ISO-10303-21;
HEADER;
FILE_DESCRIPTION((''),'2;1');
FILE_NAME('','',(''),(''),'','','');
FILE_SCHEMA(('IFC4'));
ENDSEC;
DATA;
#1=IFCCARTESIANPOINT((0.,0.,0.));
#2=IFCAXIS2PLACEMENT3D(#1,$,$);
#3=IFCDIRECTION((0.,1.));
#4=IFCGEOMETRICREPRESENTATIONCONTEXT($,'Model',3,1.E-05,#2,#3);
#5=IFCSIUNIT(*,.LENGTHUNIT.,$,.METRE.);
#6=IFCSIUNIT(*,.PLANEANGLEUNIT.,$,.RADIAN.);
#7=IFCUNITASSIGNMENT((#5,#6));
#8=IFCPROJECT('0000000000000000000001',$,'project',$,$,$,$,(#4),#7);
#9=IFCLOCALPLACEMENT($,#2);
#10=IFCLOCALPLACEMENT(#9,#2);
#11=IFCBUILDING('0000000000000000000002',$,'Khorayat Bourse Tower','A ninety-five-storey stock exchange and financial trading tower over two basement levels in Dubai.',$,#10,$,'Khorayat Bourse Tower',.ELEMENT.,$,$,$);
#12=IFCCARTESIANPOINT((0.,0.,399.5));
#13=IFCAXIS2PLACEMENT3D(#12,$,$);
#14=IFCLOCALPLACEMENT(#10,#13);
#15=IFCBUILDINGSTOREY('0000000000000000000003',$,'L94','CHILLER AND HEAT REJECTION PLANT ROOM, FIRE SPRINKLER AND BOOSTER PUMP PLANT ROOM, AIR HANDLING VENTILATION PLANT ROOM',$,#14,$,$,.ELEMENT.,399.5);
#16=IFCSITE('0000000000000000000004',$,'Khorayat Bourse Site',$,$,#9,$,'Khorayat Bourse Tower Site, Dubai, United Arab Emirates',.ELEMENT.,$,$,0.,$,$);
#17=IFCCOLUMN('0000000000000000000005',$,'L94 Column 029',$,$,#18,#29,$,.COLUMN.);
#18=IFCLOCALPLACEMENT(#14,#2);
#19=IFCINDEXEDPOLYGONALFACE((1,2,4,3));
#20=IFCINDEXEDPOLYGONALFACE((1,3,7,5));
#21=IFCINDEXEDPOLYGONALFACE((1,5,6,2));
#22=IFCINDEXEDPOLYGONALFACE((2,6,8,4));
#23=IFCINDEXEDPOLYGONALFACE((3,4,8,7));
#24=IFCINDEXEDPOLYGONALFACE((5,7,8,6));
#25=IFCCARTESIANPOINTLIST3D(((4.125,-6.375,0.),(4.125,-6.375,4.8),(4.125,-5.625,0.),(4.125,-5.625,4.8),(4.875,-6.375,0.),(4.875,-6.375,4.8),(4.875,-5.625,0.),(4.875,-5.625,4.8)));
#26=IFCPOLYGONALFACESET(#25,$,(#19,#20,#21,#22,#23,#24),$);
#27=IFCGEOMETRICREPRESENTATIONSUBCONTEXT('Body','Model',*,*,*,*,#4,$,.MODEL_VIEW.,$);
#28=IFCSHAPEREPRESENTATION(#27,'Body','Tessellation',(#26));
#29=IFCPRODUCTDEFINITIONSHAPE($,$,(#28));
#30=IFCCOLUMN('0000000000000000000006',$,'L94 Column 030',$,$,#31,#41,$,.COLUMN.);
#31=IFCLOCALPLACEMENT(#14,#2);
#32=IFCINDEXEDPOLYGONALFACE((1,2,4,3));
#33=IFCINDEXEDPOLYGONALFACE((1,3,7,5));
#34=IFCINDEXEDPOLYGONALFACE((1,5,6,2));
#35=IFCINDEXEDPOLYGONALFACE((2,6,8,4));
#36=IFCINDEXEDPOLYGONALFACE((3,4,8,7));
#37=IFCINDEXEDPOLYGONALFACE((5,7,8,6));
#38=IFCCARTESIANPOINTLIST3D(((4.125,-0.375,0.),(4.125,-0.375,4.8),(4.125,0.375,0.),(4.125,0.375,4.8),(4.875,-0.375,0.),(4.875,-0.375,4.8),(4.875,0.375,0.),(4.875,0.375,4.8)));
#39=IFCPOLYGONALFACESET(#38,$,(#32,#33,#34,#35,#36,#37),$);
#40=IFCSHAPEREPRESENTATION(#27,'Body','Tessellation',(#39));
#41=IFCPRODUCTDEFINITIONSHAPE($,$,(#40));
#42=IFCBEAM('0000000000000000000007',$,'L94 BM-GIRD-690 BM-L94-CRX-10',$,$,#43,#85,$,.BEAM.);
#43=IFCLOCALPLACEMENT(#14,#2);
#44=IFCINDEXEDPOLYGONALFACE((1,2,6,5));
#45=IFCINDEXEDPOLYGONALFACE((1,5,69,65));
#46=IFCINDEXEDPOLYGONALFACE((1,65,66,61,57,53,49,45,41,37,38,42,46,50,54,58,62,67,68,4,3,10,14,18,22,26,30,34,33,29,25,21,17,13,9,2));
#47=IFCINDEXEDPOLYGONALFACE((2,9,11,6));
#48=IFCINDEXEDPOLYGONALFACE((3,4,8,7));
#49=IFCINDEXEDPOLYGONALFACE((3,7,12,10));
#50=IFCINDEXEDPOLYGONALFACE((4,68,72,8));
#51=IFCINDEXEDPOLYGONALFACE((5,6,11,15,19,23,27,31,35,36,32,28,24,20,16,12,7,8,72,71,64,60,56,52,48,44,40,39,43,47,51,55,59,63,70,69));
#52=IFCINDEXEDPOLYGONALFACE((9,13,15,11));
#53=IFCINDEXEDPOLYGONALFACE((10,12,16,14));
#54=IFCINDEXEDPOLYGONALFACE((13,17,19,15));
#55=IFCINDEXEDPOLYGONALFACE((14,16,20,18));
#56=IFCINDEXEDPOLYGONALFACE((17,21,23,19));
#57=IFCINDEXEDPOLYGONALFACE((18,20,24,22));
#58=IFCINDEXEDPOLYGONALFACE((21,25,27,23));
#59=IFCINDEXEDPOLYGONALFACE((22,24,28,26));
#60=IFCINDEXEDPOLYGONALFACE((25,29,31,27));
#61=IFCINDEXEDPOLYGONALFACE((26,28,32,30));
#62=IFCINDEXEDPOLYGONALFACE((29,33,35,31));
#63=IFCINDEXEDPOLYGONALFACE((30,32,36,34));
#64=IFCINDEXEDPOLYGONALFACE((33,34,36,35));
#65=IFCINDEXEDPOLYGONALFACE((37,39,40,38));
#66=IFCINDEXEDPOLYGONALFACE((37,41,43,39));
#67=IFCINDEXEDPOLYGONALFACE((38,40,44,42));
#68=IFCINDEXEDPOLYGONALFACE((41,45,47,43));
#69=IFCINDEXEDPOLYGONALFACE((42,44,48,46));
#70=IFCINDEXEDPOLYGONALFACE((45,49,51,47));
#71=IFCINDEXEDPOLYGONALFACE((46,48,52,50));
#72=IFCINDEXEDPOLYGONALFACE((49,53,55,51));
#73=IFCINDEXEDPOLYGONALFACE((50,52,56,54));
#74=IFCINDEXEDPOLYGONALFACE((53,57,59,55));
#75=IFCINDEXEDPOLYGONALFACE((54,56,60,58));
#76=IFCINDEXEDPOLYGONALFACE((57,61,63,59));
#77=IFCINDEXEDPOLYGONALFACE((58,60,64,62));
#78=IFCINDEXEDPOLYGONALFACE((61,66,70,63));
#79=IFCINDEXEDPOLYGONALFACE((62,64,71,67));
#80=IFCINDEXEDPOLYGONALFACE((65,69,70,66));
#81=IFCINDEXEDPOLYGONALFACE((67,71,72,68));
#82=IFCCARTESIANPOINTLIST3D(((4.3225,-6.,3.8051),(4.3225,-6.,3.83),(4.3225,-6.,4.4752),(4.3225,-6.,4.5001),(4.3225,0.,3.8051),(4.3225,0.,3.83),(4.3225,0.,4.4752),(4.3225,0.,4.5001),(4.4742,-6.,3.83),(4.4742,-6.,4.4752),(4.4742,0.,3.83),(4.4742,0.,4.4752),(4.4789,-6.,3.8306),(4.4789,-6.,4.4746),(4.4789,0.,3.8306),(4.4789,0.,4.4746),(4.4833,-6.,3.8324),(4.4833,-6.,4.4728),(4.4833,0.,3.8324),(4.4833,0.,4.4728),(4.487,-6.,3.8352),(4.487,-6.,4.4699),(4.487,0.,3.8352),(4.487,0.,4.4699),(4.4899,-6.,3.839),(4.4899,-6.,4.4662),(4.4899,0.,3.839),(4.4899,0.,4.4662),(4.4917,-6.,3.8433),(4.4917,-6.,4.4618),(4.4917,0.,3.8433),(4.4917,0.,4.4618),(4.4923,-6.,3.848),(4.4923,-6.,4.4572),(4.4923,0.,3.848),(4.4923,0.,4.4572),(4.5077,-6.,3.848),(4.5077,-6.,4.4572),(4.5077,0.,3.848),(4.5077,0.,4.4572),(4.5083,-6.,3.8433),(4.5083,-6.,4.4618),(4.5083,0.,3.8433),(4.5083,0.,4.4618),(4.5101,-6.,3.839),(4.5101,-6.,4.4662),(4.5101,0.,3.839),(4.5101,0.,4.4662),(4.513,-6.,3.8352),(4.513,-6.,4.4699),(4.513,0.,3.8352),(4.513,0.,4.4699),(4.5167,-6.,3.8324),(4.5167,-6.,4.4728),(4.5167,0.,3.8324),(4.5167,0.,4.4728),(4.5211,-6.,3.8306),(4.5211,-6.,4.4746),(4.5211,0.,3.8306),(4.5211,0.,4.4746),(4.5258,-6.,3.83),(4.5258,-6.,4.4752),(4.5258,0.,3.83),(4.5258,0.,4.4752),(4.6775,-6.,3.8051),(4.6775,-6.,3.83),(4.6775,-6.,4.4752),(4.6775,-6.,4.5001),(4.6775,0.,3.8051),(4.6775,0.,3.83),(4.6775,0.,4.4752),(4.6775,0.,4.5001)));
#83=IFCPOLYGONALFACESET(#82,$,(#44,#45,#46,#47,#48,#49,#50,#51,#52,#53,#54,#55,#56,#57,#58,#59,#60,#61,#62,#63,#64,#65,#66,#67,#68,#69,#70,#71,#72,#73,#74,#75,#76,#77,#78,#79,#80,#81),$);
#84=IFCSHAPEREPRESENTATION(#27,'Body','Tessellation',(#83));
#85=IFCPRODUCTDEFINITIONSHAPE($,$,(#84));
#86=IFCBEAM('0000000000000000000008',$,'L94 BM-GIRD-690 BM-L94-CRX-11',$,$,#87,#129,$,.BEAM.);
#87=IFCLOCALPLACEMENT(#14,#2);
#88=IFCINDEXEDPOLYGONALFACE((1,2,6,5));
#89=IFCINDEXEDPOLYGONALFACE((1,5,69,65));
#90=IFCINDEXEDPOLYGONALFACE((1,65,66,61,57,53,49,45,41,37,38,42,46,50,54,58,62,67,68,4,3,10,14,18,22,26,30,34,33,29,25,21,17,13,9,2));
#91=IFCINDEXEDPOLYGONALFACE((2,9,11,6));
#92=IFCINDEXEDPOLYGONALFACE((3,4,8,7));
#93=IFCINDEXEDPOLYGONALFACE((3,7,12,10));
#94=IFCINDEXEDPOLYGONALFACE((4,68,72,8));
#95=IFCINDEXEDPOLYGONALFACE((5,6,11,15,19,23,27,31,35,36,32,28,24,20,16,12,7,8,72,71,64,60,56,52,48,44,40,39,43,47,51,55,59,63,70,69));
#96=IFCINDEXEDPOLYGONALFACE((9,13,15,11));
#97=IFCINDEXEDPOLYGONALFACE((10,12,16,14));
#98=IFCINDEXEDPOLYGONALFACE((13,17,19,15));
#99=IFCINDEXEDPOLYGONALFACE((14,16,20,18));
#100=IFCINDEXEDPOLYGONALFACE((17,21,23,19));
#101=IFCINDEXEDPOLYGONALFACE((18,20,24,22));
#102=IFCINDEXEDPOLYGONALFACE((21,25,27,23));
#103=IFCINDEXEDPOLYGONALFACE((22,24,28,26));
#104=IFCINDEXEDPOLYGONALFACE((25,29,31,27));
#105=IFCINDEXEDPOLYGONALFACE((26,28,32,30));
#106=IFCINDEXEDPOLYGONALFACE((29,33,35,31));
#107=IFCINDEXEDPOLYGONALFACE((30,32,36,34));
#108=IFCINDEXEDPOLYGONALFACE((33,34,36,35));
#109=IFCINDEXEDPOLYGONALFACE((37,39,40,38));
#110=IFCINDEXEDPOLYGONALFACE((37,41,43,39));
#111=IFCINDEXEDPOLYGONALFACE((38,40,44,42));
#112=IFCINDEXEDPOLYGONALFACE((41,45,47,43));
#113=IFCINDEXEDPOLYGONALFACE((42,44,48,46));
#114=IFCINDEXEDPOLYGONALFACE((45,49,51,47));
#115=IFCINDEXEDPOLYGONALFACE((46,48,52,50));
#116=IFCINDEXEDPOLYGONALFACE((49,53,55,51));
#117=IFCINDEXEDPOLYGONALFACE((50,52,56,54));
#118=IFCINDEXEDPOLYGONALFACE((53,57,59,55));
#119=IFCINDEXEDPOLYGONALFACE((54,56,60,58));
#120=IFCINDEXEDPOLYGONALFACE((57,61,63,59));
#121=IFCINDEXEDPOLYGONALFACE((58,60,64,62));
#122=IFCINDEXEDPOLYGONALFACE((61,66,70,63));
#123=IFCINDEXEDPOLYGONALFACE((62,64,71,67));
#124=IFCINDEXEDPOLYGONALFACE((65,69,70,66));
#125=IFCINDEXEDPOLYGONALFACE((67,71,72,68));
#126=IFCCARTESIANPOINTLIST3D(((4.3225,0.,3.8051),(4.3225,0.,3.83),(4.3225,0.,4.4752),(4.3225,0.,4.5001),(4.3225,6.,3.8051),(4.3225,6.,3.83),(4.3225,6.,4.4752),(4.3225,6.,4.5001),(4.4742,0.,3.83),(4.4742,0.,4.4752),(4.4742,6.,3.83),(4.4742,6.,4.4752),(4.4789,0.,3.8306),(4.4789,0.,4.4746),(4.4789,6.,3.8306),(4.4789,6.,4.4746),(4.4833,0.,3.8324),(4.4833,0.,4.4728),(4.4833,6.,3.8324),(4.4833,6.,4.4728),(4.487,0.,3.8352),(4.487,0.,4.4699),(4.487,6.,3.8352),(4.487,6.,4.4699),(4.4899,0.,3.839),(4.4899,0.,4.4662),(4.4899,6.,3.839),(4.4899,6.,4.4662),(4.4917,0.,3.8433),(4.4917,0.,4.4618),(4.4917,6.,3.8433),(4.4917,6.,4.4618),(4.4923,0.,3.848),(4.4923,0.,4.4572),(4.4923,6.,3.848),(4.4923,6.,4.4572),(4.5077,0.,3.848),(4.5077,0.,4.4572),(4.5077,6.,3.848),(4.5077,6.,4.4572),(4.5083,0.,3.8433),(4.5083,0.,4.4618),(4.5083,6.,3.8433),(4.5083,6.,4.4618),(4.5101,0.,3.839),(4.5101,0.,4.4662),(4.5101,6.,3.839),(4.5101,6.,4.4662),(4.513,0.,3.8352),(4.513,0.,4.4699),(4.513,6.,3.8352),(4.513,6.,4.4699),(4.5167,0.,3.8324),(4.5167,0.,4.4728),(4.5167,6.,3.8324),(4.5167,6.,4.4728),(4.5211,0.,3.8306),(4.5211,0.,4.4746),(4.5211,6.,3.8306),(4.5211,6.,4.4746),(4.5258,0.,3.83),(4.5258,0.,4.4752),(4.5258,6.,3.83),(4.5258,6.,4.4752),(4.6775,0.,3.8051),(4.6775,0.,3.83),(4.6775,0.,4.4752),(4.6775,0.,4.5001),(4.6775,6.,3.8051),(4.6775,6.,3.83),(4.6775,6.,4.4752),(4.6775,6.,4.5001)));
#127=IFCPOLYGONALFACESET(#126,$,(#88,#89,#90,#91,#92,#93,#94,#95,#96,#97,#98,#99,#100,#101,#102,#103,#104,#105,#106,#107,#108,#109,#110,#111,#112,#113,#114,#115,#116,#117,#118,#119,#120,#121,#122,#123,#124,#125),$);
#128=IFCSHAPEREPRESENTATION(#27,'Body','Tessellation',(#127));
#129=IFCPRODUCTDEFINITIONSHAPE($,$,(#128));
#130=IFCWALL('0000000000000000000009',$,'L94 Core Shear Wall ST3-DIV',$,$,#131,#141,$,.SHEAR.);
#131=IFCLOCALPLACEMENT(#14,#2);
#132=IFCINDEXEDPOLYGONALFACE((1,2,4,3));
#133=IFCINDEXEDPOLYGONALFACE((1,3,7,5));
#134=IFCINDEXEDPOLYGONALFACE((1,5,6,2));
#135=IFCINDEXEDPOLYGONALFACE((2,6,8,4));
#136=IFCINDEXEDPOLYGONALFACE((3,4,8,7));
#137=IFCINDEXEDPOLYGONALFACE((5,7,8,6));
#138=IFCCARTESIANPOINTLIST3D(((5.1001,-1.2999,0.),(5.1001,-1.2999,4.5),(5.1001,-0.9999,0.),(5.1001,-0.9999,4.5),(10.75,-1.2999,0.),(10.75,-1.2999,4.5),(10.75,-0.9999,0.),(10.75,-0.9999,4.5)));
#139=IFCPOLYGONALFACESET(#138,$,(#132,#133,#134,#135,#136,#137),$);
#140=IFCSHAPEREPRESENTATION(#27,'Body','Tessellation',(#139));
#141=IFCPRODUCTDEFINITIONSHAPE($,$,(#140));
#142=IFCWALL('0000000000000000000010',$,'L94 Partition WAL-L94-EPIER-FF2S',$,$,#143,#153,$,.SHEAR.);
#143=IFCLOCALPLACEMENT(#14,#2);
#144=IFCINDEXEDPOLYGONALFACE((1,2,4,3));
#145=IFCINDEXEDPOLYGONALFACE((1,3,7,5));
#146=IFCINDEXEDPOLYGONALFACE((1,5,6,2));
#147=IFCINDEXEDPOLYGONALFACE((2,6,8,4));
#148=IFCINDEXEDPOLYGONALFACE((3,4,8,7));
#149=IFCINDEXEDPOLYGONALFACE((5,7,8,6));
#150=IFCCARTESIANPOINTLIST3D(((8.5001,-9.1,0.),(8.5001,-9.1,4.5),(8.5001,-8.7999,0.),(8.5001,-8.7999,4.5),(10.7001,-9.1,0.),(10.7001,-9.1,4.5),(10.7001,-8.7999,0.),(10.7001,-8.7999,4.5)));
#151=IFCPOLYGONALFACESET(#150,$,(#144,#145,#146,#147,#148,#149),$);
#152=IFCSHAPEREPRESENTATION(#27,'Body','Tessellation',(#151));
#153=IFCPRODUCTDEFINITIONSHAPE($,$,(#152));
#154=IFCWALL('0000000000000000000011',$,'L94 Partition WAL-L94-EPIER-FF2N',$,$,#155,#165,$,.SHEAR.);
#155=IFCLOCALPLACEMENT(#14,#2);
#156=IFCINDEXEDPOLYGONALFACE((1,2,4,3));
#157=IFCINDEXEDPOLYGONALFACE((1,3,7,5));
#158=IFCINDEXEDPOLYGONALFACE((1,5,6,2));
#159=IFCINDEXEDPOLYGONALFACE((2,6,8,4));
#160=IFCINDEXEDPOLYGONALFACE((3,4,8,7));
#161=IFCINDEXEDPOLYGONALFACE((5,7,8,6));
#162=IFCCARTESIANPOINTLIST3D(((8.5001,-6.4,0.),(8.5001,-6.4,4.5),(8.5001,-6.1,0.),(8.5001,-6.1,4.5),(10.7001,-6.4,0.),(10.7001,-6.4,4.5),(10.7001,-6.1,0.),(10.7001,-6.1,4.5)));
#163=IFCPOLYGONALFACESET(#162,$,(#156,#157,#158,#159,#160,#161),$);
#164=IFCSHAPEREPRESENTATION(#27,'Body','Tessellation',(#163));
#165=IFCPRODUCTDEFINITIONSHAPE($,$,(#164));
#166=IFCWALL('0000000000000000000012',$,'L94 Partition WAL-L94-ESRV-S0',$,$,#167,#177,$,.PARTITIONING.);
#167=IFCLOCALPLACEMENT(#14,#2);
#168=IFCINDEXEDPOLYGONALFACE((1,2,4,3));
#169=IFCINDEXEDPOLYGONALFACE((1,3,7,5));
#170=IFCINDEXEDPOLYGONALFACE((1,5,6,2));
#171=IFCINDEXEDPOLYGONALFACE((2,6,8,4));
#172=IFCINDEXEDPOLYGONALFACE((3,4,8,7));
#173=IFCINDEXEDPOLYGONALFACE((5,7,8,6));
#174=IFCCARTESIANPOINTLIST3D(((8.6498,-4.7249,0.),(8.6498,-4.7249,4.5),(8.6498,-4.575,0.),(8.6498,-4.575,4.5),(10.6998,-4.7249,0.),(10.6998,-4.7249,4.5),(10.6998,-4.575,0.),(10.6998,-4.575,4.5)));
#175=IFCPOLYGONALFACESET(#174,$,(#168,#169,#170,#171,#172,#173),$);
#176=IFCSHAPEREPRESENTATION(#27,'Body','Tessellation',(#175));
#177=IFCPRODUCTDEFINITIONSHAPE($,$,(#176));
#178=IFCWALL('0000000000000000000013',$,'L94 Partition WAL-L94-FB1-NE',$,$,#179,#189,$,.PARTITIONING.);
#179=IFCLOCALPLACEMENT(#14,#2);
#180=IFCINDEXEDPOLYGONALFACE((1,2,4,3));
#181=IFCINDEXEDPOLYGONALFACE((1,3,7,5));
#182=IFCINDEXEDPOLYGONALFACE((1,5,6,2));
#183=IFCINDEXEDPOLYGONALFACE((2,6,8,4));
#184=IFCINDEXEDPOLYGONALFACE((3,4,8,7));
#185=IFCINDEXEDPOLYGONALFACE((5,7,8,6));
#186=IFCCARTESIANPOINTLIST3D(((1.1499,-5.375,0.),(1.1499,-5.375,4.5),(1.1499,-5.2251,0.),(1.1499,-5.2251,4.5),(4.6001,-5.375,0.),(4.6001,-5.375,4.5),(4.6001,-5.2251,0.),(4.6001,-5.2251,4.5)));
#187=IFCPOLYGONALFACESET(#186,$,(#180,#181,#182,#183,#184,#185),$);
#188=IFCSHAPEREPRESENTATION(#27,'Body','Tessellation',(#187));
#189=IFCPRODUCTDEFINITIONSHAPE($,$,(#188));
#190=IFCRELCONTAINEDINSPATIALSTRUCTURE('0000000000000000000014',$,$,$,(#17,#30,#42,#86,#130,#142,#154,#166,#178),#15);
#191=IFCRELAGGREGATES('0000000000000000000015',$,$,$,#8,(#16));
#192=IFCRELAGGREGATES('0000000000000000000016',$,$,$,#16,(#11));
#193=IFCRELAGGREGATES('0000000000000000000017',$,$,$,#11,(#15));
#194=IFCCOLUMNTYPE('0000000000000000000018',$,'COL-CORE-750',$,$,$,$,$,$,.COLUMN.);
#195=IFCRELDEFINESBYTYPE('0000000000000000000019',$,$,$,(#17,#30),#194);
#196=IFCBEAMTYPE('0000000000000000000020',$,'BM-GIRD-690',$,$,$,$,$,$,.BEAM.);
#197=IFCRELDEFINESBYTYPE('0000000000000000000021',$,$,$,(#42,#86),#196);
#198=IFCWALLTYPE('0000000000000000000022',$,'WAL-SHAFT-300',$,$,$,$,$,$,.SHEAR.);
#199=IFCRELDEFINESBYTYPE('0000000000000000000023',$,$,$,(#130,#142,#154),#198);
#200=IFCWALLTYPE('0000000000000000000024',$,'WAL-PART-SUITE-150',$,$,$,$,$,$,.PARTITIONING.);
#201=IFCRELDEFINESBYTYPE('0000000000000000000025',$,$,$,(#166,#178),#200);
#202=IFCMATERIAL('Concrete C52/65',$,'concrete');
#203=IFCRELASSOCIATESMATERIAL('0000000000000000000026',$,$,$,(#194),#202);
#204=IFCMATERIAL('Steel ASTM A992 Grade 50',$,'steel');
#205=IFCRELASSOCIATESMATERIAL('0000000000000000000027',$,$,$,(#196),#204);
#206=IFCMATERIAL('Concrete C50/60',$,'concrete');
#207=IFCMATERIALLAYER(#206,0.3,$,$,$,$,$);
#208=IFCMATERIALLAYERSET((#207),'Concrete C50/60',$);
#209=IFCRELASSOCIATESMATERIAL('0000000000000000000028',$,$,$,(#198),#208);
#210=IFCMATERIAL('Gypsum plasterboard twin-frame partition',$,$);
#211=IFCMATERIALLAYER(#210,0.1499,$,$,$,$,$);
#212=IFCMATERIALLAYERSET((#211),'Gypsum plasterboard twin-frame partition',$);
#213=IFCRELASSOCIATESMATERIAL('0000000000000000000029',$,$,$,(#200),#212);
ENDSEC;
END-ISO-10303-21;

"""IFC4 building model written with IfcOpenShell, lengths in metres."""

from ifc_helpers import new_model, si_unit, direction, frame, frame_2d, origin, origin_2d, place, context, subcontext, project, spatial, rectangle, i_section, extrude, source, transform, mapped, material, layer, layer_set, material_profile, profile_set, type_object, element, save


model = new_model("IFC4")

# Units and contexts
model_context = context("Model", 3, precision=1e-05, world=origin(), true_north=direction((0.0, 1.0)))
body_context = subcontext(model_context, "Body", "Model", "MODEL_VIEW")
ifc_project = project(units=[si_unit("LENGTHUNIT", "METRE"), si_unit("PLANEANGLEUNIT", "RADIAN")], contexts=[model_context])

# Site, building, storey
site_placement = place(None, origin())
site = spatial("IfcSite", under=ifc_project, at=site_placement, Name="Khorayat Bourse Site", LongName="Khorayat Bourse Tower Site, Dubai, United Arab Emirates", CompositionType="ELEMENT", RefElevation=0.0)
building_placement = place(site_placement, origin())
building = spatial("IfcBuilding", under=site, at=building_placement, Name="Khorayat Bourse Tower", Description="A ninety-five-storey stock exchange and financial trading tower over two basement levels in Dubai.", LongName="Khorayat Bourse Tower", CompositionType="ELEMENT")
storey_placement = place(building_placement, frame((0.0, 0.0, 399.5)))
storey = spatial("IfcBuildingStorey", under=building, at=storey_placement, Name="L94", Description="CHILLER AND HEAT REJECTION PLANT ROOM, FIRE SPRINKLER AND BOOSTER PUMP PLANT ROOM, AIR HANDLING VENTILATION PLANT ROOM", CompositionType="ELEMENT", Elevation=399.5)

# Columns
ifc_material_1 = material(Name="Concrete C52/65", Category="concrete")
ifc_material_profile_1 = material_profile(ifc_material_1, rectangle(XDim=0.75, YDim=0.75, at=origin_2d()), Name="RC 750x750")
ifc_profile_set_1 = profile_set([ifc_material_profile_1], Name="Concrete C52/65")
column_type = type_object("IfcColumnType", Name="COL-CORE-750", PredefinedType="COLUMN", material=ifc_profile_set_1)
shared_shape_1 = source(origin(), body_context, "Body", "SweptSolid", [
    extrude(rectangle(XDim=0.75, YDim=0.75, at=origin_2d()), origin(), (0.0, 0.0, 1.0), 4.8),
])
for number, where, z_axis, x_axis, name in (
    (1, (4.5, -6.0, 0.0), (0.0, 0.0, 1.0), (1.0, 0.0, 0.0), "L94 Column 029"),
    (2, (4.5, 0.0, 0.0), (0.0, 0.0, 1.0), (1.0, 0.0, 0.0), "L94 Column 030"),
):
    element("IfcColumn", number, at=place(storey_placement, frame(where, z_axis=z_axis, x_axis=x_axis)), inside=storey, type_object=column_type, Name=name, PredefinedType="COLUMN", context=body_context, shape_type="MappedRepresentation", body=[
        mapped(shared_shape_1, transform((0.0, 0.0, 0.0), scale=1.0)),
    ])

# Beams
ifc_material_2 = material(Name="Steel ASTM A992 Grade 50", Category="steel")
ifc_material_profile_2 = material_profile(ifc_material_2, i_section(OverallWidth=0.355, OverallDepth=0.6951, WebThickness=0.0154, FlangeThickness=0.0249, FilletRadius=0.0181, at=origin_2d()), Name="W690X217")
ifc_profile_set_2 = profile_set([ifc_material_profile_2], Name="Steel ASTM A992 Grade 50")
beam_type = type_object("IfcBeamType", Name="BM-GIRD-690", PredefinedType="BEAM", material=ifc_profile_set_2)
shared_shape_2 = source(origin(), body_context, "Body", "SweptSolid", [
    extrude(i_section(OverallWidth=0.355, OverallDepth=0.6951, WebThickness=0.0154, FlangeThickness=0.0249, FilletRadius=0.0181, at=origin_2d()), origin(), (0.0, 0.0, 1.0), 6.0),
])
for number, where, z_axis, x_axis, name in (
    (3, (4.5, -6.0, 4.1526), (0.0, 1.0, 0.0), (-1.0, 0.0, 0.0), "L94 BM-GIRD-690 BM-L94-CRX-10"),
    (4, (4.5, 0.0, 4.1526), (0.0, 1.0, 0.0), (-1.0, 0.0, 0.0), "L94 BM-GIRD-690 BM-L94-CRX-11"),
):
    element("IfcBeam", number, at=place(storey_placement, frame(where, z_axis=z_axis, x_axis=x_axis)), inside=storey, type_object=beam_type, Name=name, PredefinedType="BEAM", context=body_context, shape_type="MappedRepresentation", body=[
        mapped(shared_shape_2, transform((0.0, 0.0, 0.0), scale=1.0)),
    ])

# Walls
ifc_material_3 = material(Name="Concrete C50/60", Category="concrete")
ifc_layer_1 = layer(ifc_material_3, 0.3)
ifc_layer_set_1 = layer_set([ifc_layer_1], Name="Concrete C50/60")
wall_type_1 = type_object("IfcWallType", Name="WAL-SHAFT-300", PredefinedType="SHEAR", material=ifc_layer_set_1)
shared_shape_3 = source(origin(), body_context, "Body", "SweptSolid", [
    extrude(rectangle(XDim=5.6499, YDim=0.3, at=frame_2d((2.825, 0.0))), origin(), (0.0, 0.0, 1.0), 4.5),
])
wall_1_placement = place(storey_placement, frame((5.1001, -1.1499, 0.0), z_axis=(0.0, 0.0, 1.0), x_axis=(1.0, 0.0, 0.0)))
element("IfcWall", 5, at=wall_1_placement, inside=storey, type_object=wall_type_1, Name="L94 Core Shear Wall ST3-DIV", PredefinedType="SHEAR", context=body_context, shape_type="MappedRepresentation", body=[
    mapped(shared_shape_3, transform((0.0, 0.0, 0.0), scale=1.0)),
])
shared_shape_4 = source(origin(), body_context, "Body", "SweptSolid", [
    extrude(rectangle(XDim=2.2, YDim=0.3, at=frame_2d((1.1001, 0.0))), origin(), (0.0, 0.0, 1.0), 4.5),
])
for number, where, z_axis, x_axis, name in (
    (6, (8.5, -8.95, 0.0), (0.0, 0.0, 1.0), (1.0, 0.0, 0.0), "L94 Partition WAL-L94-EPIER-FF2S"),
    (7, (8.5, -6.25, 0.0), (0.0, 0.0, 1.0), (1.0, 0.0, 0.0), "L94 Partition WAL-L94-EPIER-FF2N"),
):
    element("IfcWall", number, at=place(storey_placement, frame(where, z_axis=z_axis, x_axis=x_axis)), inside=storey, type_object=wall_type_1, Name=name, PredefinedType="SHEAR", context=body_context, shape_type="MappedRepresentation", body=[
        mapped(shared_shape_4, transform((0.0, 0.0, 0.0), scale=1.0)),
    ])
ifc_material_4 = material(Name="Gypsum plasterboard twin-frame partition")
ifc_layer_2 = layer(ifc_material_4, 0.1499)
ifc_layer_set_2 = layer_set([ifc_layer_2], Name="Gypsum plasterboard twin-frame partition")
wall_type_2 = type_object("IfcWallType", Name="WAL-PART-SUITE-150", PredefinedType="PARTITIONING", material=ifc_layer_set_2)
shared_shape_5 = source(origin(), body_context, "Body", "SweptSolid", [
    extrude(rectangle(XDim=2.05, YDim=0.1499, at=frame_2d((1.0249, 0.0))), origin(), (0.0, 0.0, 1.0), 4.5),
])
wall_2_placement = place(storey_placement, frame((8.6499, -4.6499, 0.0), z_axis=(0.0, 0.0, 1.0), x_axis=(1.0, 0.0, 0.0)))
element("IfcWall", 8, at=wall_2_placement, inside=storey, type_object=wall_type_2, Name="L94 Partition WAL-L94-ESRV-S0", PredefinedType="PARTITIONING", context=body_context, shape_type="MappedRepresentation", body=[
    mapped(shared_shape_5, transform((0.0, 0.0, 0.0), scale=1.0)),
])
shared_shape_6 = source(origin(), body_context, "Body", "SweptSolid", [
    extrude(rectangle(XDim=3.4502, YDim=0.1499, at=frame_2d((1.7251, 0.0))), origin(), (0.0, 0.0, 1.0), 4.5),
])
wall_3_placement = place(storey_placement, frame((1.1499, -5.3, 0.0), z_axis=(0.0, 0.0, 1.0), x_axis=(1.0, 0.0, 0.0)))
element("IfcWall", 9, at=wall_3_placement, inside=storey, type_object=wall_type_2, Name="L94 Partition WAL-L94-FB1-NE", PredefinedType="PARTITIONING", context=body_context, shape_type="MappedRepresentation", body=[
    mapped(shared_shape_6, transform((0.0, 0.0, 0.0), scale=1.0)),
])

save(model, "model.ifc")
